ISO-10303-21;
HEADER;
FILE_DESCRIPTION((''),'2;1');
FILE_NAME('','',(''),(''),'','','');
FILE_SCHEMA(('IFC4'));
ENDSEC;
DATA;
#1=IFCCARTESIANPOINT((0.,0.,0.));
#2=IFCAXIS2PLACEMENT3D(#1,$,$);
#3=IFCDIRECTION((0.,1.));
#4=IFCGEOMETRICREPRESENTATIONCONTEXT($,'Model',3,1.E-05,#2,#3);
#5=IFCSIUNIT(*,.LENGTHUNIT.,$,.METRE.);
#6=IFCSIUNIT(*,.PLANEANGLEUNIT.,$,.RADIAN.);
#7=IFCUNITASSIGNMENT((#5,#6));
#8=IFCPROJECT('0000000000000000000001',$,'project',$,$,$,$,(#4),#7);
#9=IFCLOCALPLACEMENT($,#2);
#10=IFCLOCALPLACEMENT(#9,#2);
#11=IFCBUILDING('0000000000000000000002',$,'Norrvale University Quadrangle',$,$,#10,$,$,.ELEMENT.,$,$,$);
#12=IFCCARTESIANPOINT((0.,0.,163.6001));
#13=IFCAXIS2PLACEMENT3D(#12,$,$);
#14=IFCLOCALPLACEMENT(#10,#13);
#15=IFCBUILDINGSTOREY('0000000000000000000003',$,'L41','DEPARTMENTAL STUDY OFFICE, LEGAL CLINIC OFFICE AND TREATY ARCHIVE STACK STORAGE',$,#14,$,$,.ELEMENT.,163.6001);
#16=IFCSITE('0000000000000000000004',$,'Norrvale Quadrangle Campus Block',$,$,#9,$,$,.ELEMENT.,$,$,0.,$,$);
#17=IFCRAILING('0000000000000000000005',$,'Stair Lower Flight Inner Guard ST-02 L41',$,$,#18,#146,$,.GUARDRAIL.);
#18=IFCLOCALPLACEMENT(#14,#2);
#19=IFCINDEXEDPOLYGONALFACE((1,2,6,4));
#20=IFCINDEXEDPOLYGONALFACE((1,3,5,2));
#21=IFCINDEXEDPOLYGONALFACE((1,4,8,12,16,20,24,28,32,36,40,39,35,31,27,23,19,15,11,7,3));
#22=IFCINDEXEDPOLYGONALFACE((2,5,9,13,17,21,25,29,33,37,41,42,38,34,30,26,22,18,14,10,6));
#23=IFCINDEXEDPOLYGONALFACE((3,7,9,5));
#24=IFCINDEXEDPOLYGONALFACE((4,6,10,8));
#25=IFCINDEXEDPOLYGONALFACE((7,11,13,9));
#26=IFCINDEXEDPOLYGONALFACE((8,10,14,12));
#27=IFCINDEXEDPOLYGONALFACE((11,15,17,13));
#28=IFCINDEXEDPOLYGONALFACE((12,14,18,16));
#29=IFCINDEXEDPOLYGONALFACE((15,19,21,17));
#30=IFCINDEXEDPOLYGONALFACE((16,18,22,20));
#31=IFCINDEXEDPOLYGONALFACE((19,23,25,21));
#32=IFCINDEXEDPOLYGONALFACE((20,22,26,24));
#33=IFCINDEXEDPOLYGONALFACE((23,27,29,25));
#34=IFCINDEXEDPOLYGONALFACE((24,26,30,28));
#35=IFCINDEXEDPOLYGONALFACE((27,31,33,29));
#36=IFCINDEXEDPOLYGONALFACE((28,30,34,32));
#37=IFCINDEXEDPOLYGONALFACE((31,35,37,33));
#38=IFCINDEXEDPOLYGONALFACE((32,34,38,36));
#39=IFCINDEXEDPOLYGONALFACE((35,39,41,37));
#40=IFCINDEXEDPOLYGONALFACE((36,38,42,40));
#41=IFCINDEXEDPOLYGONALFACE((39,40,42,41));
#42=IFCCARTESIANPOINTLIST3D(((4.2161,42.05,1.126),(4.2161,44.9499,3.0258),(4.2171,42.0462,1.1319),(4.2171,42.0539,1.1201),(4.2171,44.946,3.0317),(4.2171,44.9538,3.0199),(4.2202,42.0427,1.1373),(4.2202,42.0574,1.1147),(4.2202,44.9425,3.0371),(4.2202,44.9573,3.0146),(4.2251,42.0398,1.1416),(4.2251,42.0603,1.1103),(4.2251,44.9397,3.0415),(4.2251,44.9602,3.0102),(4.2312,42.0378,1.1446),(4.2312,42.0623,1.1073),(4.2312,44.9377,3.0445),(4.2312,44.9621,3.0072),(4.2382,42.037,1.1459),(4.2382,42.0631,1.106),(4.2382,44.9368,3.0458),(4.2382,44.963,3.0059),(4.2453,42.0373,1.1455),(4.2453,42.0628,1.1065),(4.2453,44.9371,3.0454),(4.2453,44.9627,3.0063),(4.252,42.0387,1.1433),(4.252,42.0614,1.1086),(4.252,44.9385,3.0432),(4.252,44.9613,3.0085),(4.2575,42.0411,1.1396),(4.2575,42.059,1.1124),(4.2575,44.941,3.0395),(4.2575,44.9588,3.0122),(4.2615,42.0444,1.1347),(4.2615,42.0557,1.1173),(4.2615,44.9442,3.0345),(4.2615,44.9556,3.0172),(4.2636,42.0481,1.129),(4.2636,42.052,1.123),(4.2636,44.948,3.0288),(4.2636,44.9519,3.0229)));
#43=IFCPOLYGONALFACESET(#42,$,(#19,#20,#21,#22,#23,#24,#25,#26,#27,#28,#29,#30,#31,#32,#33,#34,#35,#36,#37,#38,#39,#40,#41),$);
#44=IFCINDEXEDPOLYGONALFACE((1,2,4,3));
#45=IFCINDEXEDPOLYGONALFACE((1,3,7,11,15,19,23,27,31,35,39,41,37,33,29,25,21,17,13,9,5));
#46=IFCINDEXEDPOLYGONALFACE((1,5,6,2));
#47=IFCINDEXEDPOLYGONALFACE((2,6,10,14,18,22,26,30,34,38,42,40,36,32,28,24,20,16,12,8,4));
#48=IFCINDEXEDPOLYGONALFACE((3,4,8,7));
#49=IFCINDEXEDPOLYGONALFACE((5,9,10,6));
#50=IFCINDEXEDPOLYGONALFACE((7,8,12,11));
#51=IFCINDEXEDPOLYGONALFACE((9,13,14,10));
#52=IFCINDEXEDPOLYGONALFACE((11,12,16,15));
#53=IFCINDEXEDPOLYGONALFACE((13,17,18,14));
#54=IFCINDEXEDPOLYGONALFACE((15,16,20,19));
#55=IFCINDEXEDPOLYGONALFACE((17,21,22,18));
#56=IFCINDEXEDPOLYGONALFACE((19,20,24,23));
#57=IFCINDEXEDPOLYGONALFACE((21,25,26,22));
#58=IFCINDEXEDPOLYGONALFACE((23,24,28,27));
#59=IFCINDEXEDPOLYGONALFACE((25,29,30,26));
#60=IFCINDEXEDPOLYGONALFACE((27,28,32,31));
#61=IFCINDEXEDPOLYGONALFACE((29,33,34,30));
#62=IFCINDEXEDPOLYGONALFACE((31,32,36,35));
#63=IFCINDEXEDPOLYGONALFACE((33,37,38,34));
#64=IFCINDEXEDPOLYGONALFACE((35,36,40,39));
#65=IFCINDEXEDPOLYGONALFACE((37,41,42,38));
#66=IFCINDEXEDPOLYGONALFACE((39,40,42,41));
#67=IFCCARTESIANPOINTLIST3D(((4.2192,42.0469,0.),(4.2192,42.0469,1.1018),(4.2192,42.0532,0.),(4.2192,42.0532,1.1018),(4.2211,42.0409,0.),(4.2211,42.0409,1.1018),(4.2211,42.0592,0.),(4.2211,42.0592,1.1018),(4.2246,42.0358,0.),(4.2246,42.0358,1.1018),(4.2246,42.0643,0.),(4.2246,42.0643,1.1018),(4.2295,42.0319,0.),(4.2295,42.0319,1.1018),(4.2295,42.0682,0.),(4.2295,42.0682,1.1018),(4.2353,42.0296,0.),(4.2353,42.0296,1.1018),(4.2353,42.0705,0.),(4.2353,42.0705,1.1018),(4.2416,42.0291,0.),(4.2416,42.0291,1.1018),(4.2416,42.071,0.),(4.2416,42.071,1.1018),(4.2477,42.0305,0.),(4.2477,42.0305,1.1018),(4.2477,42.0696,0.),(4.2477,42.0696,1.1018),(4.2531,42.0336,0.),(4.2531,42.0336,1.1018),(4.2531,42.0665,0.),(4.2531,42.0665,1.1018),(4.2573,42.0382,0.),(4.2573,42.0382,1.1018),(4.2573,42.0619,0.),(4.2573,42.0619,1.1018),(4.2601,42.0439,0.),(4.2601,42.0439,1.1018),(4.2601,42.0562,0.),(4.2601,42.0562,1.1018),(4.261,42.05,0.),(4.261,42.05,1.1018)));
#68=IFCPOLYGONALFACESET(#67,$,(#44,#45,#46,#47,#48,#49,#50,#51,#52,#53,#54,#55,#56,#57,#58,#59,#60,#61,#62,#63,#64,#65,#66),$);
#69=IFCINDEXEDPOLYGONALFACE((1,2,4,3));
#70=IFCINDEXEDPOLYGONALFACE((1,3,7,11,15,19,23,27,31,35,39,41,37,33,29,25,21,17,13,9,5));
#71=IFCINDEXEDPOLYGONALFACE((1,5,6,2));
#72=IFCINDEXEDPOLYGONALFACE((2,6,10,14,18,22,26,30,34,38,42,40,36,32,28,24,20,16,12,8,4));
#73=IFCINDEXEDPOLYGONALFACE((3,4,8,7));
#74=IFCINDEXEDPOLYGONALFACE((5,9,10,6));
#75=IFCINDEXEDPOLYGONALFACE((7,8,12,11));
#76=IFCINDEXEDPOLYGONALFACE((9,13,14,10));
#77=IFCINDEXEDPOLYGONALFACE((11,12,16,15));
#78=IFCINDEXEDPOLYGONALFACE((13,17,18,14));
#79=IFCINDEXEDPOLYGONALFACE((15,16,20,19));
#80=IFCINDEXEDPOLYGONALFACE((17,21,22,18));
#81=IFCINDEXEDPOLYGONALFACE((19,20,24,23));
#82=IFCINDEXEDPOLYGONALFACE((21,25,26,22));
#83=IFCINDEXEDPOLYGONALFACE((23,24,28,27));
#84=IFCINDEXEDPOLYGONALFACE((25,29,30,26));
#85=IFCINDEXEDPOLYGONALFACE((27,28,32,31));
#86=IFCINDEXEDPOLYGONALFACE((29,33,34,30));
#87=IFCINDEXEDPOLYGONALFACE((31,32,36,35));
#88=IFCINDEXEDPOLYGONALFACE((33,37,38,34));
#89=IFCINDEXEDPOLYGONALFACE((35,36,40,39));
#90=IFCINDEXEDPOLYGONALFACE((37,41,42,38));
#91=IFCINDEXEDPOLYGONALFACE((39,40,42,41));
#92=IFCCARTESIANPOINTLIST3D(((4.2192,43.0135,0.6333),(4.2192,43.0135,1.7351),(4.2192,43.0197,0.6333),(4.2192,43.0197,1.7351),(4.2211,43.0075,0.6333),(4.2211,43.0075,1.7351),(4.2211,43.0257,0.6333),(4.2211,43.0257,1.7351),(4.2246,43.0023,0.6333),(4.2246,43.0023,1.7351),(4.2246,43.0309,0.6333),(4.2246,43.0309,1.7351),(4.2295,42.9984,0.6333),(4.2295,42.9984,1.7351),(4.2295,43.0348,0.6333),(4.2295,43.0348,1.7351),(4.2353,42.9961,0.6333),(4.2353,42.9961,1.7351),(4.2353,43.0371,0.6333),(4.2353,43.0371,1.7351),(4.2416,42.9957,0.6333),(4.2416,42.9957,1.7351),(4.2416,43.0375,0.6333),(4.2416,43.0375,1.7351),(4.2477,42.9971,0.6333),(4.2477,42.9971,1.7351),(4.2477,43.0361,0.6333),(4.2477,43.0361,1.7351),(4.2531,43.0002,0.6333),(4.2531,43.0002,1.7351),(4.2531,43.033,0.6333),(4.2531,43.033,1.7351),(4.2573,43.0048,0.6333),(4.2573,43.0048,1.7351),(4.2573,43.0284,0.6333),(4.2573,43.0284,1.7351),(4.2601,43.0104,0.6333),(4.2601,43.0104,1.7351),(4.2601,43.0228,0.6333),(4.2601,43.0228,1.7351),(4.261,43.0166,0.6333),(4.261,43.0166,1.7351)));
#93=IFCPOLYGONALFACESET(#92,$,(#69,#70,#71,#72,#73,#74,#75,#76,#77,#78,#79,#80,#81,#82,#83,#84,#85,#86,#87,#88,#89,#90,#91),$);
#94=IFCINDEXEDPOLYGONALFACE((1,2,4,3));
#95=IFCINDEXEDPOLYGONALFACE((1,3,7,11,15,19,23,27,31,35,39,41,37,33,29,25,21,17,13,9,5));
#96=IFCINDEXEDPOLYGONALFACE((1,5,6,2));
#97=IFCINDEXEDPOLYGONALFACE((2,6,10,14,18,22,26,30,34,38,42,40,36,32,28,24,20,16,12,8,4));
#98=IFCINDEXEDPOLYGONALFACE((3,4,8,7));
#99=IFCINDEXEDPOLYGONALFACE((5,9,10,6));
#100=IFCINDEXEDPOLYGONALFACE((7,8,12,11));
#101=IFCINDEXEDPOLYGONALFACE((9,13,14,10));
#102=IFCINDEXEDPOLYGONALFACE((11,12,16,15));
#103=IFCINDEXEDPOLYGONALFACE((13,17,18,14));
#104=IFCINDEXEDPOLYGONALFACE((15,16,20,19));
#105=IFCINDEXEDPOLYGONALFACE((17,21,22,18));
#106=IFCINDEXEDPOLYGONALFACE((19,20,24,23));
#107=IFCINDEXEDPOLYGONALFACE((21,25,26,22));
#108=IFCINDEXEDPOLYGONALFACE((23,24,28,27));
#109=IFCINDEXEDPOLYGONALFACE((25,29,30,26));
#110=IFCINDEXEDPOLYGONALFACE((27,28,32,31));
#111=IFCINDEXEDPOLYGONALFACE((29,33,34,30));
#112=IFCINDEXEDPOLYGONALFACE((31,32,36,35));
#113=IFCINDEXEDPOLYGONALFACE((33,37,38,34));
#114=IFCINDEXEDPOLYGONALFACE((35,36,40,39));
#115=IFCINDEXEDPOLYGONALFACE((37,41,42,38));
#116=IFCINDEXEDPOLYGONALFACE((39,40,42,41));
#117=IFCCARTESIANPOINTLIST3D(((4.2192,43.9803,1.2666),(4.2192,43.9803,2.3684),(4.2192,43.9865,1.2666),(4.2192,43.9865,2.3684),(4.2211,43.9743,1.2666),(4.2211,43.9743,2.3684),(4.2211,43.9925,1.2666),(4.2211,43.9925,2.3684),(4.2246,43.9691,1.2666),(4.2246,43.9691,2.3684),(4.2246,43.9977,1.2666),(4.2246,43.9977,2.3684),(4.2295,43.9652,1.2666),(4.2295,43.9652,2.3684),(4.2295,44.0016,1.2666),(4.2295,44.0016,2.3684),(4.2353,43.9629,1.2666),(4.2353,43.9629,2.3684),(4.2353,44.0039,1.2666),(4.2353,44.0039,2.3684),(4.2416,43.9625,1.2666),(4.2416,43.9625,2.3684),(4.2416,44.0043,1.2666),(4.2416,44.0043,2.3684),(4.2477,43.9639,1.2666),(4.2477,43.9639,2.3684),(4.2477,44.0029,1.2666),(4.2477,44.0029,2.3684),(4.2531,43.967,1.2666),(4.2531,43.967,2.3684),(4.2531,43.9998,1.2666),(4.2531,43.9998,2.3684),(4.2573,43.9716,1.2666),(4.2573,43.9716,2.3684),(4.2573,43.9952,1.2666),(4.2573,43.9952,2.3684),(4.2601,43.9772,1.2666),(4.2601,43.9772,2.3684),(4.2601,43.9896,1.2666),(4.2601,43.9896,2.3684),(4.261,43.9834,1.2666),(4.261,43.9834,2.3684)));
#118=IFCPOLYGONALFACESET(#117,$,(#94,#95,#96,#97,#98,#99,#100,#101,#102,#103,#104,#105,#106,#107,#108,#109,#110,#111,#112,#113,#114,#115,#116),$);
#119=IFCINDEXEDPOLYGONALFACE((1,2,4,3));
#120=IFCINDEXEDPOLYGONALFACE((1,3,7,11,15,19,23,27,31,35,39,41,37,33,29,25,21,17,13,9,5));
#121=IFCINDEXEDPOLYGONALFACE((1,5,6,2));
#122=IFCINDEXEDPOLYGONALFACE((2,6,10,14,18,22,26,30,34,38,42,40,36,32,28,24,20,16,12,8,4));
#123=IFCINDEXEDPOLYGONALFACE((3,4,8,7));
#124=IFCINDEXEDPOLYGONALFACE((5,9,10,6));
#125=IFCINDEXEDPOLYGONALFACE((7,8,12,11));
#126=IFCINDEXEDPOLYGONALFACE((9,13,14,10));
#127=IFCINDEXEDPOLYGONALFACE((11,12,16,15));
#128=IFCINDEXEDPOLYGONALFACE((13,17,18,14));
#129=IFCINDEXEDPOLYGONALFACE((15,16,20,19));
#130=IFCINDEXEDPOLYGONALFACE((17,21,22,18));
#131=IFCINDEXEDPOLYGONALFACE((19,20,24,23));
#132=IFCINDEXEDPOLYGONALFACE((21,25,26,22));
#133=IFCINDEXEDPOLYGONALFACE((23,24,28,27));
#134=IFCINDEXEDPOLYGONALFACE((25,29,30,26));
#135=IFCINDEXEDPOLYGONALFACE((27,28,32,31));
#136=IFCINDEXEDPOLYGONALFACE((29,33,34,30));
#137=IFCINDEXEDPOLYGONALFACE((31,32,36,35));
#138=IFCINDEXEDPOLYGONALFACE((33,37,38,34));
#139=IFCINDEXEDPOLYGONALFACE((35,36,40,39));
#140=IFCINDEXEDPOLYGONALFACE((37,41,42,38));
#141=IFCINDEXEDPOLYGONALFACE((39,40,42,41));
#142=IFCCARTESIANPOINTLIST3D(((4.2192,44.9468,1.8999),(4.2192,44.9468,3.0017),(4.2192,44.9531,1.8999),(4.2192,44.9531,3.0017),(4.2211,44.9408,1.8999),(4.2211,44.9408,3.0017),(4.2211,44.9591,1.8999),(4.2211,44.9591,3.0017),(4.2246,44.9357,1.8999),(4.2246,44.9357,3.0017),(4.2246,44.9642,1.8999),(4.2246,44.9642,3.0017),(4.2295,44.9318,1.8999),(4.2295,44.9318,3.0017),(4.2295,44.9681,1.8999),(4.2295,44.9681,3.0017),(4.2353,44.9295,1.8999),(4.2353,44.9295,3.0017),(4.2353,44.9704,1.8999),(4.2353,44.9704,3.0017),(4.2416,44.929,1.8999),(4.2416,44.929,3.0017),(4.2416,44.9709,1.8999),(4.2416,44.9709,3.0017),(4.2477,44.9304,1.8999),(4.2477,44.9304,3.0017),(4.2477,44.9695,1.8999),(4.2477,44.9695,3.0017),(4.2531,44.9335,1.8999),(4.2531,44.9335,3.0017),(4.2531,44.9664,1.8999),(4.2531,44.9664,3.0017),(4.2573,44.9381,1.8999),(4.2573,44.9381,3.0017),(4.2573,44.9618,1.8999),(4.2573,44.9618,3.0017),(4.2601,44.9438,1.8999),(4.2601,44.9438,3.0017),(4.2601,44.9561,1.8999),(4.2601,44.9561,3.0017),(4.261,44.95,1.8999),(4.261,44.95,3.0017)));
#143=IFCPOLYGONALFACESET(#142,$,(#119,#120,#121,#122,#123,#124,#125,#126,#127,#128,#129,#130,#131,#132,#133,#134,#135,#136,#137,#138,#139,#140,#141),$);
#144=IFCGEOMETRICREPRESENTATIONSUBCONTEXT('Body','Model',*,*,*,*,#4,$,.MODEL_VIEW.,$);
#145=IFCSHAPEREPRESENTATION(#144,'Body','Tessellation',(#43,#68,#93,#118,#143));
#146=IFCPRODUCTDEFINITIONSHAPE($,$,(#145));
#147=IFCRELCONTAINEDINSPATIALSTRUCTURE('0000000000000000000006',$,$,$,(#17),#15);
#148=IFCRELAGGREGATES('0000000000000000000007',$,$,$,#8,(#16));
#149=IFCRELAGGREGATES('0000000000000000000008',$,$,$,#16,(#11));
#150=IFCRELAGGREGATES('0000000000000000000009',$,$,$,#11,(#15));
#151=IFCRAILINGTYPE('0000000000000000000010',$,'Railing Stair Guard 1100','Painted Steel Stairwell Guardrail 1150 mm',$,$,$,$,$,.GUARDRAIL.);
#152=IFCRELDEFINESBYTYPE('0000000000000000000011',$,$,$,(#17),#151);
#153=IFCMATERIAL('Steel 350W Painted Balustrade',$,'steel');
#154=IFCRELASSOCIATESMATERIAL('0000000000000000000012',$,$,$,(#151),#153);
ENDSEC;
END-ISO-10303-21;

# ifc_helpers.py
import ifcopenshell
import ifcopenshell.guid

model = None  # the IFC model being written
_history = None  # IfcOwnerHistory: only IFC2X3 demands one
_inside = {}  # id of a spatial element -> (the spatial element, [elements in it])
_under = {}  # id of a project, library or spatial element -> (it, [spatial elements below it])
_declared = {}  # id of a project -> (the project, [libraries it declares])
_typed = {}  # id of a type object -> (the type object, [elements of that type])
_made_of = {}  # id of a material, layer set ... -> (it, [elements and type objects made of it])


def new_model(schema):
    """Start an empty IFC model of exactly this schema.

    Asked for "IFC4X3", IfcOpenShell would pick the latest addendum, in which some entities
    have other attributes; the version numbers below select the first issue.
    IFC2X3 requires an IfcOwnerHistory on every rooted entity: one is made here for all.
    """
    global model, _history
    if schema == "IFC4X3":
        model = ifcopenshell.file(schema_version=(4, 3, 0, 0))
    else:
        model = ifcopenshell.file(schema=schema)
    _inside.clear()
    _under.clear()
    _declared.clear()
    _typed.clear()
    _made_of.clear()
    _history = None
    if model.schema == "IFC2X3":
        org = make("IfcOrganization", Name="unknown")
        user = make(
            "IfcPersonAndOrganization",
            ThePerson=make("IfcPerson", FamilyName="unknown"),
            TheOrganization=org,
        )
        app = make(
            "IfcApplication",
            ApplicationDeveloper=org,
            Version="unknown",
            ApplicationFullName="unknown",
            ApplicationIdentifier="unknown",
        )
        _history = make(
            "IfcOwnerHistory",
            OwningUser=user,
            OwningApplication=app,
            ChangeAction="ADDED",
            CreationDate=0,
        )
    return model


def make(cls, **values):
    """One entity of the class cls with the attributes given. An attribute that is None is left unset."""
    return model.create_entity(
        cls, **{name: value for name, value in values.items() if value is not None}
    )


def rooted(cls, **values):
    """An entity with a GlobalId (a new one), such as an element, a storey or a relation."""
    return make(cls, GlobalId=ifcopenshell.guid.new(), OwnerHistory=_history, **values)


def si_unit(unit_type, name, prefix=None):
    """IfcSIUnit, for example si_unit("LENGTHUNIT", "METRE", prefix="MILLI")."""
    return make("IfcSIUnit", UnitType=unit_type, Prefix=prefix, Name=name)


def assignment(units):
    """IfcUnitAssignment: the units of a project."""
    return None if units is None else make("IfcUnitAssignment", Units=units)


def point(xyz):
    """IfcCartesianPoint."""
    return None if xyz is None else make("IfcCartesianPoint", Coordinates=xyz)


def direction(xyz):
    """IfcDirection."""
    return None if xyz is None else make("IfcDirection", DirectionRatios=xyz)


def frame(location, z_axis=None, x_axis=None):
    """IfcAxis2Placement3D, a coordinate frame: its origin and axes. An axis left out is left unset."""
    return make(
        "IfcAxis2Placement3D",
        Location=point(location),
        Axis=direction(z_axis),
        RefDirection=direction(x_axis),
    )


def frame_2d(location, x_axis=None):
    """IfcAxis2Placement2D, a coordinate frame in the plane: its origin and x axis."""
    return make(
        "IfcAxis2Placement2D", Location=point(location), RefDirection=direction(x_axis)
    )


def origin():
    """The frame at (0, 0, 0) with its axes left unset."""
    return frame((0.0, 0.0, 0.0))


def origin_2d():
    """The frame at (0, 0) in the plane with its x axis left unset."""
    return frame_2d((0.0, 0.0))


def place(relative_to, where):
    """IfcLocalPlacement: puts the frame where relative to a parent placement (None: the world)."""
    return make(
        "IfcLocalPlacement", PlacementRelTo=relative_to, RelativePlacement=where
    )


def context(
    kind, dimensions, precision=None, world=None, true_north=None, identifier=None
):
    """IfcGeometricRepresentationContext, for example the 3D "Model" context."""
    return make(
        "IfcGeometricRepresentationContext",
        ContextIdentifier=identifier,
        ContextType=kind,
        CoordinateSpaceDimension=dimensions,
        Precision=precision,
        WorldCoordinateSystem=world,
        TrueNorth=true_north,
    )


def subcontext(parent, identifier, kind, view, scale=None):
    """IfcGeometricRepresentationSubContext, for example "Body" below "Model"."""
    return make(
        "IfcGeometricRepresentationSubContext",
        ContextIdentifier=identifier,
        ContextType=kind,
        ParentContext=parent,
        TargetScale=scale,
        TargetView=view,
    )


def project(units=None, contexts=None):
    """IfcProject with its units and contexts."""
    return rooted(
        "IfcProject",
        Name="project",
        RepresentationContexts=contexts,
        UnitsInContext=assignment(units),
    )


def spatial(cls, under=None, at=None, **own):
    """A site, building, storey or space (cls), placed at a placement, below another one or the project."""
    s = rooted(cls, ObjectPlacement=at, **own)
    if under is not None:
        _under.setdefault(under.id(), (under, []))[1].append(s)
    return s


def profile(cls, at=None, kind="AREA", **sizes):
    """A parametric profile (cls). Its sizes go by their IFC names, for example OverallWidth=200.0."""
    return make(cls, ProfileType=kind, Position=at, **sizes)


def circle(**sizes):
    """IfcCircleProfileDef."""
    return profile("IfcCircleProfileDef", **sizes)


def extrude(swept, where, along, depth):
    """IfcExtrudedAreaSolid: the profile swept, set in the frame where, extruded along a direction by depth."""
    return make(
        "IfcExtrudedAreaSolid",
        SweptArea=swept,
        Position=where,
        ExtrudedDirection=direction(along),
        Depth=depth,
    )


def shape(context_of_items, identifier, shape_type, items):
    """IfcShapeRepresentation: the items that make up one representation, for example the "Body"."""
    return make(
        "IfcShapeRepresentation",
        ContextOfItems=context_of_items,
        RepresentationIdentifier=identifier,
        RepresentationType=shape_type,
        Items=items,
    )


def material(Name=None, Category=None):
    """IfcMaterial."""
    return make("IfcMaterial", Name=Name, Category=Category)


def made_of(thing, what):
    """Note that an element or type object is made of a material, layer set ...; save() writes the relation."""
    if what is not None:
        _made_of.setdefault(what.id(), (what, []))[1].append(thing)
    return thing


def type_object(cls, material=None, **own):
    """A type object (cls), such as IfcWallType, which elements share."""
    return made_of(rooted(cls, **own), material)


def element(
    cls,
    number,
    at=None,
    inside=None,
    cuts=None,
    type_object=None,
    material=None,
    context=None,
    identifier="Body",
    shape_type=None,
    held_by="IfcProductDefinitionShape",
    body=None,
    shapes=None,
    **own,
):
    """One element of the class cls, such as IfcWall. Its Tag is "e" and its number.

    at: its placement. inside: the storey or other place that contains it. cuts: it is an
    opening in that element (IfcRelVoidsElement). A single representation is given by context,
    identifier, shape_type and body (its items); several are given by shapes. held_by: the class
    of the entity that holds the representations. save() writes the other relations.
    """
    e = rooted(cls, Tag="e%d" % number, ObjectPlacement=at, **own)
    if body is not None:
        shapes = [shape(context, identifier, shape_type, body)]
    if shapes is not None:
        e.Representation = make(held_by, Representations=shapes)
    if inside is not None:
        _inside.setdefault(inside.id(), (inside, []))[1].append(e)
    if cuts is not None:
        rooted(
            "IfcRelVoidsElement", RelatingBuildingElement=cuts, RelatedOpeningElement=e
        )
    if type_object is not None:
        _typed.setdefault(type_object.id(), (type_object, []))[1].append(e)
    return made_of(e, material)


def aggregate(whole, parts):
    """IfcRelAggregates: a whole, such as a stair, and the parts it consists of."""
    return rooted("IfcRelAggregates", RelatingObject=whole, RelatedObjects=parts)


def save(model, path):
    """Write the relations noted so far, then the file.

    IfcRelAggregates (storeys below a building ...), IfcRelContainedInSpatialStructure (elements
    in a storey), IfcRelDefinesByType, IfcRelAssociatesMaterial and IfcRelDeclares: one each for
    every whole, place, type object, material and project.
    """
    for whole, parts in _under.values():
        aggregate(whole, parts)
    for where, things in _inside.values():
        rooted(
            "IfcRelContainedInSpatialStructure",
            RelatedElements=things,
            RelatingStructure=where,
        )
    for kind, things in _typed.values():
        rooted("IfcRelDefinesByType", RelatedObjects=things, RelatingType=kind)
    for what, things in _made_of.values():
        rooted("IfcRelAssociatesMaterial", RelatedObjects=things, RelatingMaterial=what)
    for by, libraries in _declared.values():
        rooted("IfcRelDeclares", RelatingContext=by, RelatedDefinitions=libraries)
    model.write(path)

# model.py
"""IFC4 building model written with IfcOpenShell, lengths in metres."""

from ifc_helpers import new_model, si_unit, direction, frame, origin, origin_2d, place, context, subcontext, project, spatial, circle, extrude, material, type_object, element, save


model = new_model("IFC4")

# Units and contexts
model_context = context("Model", 3, precision=1e-05, world=origin(), true_north=direction((0.0, 1.0)))
body_context = subcontext(model_context, "Body", "Model", "MODEL_VIEW")
ifc_project = project(units=[si_unit("LENGTHUNIT", "METRE"), si_unit("PLANEANGLEUNIT", "RADIAN")], contexts=[model_context])

# Site, building, storey
site_placement = place(None, origin())
site = spatial("IfcSite", under=ifc_project, at=site_placement, Name="Norrvale Quadrangle Campus Block", CompositionType="ELEMENT", RefElevation=0.0)
building_placement = place(site_placement, origin())
building = spatial("IfcBuilding", under=site, at=building_placement, Name="Norrvale University Quadrangle", CompositionType="ELEMENT")
storey_placement = place(building_placement, frame((0.0, 0.0, 163.6001)))
storey = spatial("IfcBuildingStorey", under=building, at=storey_placement, Name="L41", Description="DEPARTMENTAL STUDY OFFICE, LEGAL CLINIC OFFICE AND TREATY ARCHIVE STACK STORAGE", CompositionType="ELEMENT", Elevation=163.6001)

# Railing
ifc_material_1 = material(Name="Steel 350W Painted Balustrade", Category="steel")
railing_type_1 = type_object("IfcRailingType", Name="Railing Stair Guard 1100", Description="Painted Steel Stairwell Guardrail 1150 mm", PredefinedType="GUARDRAIL", material=ifc_material_1)
railing_1_placement = place(storey_placement, frame((4.24, 42.05, 0.0)))
element("IfcRailing", 1, at=railing_1_placement, inside=storey, type_object=railing_type_1, Name="Stair Lower Flight Inner Guard ST-02 L41", PredefinedType="GUARDRAIL", context=body_context, shape_type="SweptSolid", body=[
    extrude(circle(Radius=0.0239, at=origin_2d()), frame((0.0, 0.0, 1.126), z_axis=(0.0, 0.836466, 0.548019), x_axis=(-1.0, 0.0, 0.0)), (0.0, 0.0, 1.0), 3.4668),
    extrude(circle(Radius=0.021, at=origin_2d()), origin(), (0.0, 0.0, 1.0), 1.1018),
    extrude(circle(Radius=0.021, at=origin_2d()), frame((0.0, 0.9666, 0.6333)), (0.0, 0.0, 1.0), 1.1018),
    extrude(circle(Radius=0.021, at=origin_2d()), frame((0.0, 1.9333, 1.2666)), (0.0, 0.0, 1.0), 1.1018),
    extrude(circle(Radius=0.021, at=origin_2d()), frame((0.0, 2.8999, 1.8999)), (0.0, 0.0, 1.0), 1.1018),
])

save(model, "model.ifc")
